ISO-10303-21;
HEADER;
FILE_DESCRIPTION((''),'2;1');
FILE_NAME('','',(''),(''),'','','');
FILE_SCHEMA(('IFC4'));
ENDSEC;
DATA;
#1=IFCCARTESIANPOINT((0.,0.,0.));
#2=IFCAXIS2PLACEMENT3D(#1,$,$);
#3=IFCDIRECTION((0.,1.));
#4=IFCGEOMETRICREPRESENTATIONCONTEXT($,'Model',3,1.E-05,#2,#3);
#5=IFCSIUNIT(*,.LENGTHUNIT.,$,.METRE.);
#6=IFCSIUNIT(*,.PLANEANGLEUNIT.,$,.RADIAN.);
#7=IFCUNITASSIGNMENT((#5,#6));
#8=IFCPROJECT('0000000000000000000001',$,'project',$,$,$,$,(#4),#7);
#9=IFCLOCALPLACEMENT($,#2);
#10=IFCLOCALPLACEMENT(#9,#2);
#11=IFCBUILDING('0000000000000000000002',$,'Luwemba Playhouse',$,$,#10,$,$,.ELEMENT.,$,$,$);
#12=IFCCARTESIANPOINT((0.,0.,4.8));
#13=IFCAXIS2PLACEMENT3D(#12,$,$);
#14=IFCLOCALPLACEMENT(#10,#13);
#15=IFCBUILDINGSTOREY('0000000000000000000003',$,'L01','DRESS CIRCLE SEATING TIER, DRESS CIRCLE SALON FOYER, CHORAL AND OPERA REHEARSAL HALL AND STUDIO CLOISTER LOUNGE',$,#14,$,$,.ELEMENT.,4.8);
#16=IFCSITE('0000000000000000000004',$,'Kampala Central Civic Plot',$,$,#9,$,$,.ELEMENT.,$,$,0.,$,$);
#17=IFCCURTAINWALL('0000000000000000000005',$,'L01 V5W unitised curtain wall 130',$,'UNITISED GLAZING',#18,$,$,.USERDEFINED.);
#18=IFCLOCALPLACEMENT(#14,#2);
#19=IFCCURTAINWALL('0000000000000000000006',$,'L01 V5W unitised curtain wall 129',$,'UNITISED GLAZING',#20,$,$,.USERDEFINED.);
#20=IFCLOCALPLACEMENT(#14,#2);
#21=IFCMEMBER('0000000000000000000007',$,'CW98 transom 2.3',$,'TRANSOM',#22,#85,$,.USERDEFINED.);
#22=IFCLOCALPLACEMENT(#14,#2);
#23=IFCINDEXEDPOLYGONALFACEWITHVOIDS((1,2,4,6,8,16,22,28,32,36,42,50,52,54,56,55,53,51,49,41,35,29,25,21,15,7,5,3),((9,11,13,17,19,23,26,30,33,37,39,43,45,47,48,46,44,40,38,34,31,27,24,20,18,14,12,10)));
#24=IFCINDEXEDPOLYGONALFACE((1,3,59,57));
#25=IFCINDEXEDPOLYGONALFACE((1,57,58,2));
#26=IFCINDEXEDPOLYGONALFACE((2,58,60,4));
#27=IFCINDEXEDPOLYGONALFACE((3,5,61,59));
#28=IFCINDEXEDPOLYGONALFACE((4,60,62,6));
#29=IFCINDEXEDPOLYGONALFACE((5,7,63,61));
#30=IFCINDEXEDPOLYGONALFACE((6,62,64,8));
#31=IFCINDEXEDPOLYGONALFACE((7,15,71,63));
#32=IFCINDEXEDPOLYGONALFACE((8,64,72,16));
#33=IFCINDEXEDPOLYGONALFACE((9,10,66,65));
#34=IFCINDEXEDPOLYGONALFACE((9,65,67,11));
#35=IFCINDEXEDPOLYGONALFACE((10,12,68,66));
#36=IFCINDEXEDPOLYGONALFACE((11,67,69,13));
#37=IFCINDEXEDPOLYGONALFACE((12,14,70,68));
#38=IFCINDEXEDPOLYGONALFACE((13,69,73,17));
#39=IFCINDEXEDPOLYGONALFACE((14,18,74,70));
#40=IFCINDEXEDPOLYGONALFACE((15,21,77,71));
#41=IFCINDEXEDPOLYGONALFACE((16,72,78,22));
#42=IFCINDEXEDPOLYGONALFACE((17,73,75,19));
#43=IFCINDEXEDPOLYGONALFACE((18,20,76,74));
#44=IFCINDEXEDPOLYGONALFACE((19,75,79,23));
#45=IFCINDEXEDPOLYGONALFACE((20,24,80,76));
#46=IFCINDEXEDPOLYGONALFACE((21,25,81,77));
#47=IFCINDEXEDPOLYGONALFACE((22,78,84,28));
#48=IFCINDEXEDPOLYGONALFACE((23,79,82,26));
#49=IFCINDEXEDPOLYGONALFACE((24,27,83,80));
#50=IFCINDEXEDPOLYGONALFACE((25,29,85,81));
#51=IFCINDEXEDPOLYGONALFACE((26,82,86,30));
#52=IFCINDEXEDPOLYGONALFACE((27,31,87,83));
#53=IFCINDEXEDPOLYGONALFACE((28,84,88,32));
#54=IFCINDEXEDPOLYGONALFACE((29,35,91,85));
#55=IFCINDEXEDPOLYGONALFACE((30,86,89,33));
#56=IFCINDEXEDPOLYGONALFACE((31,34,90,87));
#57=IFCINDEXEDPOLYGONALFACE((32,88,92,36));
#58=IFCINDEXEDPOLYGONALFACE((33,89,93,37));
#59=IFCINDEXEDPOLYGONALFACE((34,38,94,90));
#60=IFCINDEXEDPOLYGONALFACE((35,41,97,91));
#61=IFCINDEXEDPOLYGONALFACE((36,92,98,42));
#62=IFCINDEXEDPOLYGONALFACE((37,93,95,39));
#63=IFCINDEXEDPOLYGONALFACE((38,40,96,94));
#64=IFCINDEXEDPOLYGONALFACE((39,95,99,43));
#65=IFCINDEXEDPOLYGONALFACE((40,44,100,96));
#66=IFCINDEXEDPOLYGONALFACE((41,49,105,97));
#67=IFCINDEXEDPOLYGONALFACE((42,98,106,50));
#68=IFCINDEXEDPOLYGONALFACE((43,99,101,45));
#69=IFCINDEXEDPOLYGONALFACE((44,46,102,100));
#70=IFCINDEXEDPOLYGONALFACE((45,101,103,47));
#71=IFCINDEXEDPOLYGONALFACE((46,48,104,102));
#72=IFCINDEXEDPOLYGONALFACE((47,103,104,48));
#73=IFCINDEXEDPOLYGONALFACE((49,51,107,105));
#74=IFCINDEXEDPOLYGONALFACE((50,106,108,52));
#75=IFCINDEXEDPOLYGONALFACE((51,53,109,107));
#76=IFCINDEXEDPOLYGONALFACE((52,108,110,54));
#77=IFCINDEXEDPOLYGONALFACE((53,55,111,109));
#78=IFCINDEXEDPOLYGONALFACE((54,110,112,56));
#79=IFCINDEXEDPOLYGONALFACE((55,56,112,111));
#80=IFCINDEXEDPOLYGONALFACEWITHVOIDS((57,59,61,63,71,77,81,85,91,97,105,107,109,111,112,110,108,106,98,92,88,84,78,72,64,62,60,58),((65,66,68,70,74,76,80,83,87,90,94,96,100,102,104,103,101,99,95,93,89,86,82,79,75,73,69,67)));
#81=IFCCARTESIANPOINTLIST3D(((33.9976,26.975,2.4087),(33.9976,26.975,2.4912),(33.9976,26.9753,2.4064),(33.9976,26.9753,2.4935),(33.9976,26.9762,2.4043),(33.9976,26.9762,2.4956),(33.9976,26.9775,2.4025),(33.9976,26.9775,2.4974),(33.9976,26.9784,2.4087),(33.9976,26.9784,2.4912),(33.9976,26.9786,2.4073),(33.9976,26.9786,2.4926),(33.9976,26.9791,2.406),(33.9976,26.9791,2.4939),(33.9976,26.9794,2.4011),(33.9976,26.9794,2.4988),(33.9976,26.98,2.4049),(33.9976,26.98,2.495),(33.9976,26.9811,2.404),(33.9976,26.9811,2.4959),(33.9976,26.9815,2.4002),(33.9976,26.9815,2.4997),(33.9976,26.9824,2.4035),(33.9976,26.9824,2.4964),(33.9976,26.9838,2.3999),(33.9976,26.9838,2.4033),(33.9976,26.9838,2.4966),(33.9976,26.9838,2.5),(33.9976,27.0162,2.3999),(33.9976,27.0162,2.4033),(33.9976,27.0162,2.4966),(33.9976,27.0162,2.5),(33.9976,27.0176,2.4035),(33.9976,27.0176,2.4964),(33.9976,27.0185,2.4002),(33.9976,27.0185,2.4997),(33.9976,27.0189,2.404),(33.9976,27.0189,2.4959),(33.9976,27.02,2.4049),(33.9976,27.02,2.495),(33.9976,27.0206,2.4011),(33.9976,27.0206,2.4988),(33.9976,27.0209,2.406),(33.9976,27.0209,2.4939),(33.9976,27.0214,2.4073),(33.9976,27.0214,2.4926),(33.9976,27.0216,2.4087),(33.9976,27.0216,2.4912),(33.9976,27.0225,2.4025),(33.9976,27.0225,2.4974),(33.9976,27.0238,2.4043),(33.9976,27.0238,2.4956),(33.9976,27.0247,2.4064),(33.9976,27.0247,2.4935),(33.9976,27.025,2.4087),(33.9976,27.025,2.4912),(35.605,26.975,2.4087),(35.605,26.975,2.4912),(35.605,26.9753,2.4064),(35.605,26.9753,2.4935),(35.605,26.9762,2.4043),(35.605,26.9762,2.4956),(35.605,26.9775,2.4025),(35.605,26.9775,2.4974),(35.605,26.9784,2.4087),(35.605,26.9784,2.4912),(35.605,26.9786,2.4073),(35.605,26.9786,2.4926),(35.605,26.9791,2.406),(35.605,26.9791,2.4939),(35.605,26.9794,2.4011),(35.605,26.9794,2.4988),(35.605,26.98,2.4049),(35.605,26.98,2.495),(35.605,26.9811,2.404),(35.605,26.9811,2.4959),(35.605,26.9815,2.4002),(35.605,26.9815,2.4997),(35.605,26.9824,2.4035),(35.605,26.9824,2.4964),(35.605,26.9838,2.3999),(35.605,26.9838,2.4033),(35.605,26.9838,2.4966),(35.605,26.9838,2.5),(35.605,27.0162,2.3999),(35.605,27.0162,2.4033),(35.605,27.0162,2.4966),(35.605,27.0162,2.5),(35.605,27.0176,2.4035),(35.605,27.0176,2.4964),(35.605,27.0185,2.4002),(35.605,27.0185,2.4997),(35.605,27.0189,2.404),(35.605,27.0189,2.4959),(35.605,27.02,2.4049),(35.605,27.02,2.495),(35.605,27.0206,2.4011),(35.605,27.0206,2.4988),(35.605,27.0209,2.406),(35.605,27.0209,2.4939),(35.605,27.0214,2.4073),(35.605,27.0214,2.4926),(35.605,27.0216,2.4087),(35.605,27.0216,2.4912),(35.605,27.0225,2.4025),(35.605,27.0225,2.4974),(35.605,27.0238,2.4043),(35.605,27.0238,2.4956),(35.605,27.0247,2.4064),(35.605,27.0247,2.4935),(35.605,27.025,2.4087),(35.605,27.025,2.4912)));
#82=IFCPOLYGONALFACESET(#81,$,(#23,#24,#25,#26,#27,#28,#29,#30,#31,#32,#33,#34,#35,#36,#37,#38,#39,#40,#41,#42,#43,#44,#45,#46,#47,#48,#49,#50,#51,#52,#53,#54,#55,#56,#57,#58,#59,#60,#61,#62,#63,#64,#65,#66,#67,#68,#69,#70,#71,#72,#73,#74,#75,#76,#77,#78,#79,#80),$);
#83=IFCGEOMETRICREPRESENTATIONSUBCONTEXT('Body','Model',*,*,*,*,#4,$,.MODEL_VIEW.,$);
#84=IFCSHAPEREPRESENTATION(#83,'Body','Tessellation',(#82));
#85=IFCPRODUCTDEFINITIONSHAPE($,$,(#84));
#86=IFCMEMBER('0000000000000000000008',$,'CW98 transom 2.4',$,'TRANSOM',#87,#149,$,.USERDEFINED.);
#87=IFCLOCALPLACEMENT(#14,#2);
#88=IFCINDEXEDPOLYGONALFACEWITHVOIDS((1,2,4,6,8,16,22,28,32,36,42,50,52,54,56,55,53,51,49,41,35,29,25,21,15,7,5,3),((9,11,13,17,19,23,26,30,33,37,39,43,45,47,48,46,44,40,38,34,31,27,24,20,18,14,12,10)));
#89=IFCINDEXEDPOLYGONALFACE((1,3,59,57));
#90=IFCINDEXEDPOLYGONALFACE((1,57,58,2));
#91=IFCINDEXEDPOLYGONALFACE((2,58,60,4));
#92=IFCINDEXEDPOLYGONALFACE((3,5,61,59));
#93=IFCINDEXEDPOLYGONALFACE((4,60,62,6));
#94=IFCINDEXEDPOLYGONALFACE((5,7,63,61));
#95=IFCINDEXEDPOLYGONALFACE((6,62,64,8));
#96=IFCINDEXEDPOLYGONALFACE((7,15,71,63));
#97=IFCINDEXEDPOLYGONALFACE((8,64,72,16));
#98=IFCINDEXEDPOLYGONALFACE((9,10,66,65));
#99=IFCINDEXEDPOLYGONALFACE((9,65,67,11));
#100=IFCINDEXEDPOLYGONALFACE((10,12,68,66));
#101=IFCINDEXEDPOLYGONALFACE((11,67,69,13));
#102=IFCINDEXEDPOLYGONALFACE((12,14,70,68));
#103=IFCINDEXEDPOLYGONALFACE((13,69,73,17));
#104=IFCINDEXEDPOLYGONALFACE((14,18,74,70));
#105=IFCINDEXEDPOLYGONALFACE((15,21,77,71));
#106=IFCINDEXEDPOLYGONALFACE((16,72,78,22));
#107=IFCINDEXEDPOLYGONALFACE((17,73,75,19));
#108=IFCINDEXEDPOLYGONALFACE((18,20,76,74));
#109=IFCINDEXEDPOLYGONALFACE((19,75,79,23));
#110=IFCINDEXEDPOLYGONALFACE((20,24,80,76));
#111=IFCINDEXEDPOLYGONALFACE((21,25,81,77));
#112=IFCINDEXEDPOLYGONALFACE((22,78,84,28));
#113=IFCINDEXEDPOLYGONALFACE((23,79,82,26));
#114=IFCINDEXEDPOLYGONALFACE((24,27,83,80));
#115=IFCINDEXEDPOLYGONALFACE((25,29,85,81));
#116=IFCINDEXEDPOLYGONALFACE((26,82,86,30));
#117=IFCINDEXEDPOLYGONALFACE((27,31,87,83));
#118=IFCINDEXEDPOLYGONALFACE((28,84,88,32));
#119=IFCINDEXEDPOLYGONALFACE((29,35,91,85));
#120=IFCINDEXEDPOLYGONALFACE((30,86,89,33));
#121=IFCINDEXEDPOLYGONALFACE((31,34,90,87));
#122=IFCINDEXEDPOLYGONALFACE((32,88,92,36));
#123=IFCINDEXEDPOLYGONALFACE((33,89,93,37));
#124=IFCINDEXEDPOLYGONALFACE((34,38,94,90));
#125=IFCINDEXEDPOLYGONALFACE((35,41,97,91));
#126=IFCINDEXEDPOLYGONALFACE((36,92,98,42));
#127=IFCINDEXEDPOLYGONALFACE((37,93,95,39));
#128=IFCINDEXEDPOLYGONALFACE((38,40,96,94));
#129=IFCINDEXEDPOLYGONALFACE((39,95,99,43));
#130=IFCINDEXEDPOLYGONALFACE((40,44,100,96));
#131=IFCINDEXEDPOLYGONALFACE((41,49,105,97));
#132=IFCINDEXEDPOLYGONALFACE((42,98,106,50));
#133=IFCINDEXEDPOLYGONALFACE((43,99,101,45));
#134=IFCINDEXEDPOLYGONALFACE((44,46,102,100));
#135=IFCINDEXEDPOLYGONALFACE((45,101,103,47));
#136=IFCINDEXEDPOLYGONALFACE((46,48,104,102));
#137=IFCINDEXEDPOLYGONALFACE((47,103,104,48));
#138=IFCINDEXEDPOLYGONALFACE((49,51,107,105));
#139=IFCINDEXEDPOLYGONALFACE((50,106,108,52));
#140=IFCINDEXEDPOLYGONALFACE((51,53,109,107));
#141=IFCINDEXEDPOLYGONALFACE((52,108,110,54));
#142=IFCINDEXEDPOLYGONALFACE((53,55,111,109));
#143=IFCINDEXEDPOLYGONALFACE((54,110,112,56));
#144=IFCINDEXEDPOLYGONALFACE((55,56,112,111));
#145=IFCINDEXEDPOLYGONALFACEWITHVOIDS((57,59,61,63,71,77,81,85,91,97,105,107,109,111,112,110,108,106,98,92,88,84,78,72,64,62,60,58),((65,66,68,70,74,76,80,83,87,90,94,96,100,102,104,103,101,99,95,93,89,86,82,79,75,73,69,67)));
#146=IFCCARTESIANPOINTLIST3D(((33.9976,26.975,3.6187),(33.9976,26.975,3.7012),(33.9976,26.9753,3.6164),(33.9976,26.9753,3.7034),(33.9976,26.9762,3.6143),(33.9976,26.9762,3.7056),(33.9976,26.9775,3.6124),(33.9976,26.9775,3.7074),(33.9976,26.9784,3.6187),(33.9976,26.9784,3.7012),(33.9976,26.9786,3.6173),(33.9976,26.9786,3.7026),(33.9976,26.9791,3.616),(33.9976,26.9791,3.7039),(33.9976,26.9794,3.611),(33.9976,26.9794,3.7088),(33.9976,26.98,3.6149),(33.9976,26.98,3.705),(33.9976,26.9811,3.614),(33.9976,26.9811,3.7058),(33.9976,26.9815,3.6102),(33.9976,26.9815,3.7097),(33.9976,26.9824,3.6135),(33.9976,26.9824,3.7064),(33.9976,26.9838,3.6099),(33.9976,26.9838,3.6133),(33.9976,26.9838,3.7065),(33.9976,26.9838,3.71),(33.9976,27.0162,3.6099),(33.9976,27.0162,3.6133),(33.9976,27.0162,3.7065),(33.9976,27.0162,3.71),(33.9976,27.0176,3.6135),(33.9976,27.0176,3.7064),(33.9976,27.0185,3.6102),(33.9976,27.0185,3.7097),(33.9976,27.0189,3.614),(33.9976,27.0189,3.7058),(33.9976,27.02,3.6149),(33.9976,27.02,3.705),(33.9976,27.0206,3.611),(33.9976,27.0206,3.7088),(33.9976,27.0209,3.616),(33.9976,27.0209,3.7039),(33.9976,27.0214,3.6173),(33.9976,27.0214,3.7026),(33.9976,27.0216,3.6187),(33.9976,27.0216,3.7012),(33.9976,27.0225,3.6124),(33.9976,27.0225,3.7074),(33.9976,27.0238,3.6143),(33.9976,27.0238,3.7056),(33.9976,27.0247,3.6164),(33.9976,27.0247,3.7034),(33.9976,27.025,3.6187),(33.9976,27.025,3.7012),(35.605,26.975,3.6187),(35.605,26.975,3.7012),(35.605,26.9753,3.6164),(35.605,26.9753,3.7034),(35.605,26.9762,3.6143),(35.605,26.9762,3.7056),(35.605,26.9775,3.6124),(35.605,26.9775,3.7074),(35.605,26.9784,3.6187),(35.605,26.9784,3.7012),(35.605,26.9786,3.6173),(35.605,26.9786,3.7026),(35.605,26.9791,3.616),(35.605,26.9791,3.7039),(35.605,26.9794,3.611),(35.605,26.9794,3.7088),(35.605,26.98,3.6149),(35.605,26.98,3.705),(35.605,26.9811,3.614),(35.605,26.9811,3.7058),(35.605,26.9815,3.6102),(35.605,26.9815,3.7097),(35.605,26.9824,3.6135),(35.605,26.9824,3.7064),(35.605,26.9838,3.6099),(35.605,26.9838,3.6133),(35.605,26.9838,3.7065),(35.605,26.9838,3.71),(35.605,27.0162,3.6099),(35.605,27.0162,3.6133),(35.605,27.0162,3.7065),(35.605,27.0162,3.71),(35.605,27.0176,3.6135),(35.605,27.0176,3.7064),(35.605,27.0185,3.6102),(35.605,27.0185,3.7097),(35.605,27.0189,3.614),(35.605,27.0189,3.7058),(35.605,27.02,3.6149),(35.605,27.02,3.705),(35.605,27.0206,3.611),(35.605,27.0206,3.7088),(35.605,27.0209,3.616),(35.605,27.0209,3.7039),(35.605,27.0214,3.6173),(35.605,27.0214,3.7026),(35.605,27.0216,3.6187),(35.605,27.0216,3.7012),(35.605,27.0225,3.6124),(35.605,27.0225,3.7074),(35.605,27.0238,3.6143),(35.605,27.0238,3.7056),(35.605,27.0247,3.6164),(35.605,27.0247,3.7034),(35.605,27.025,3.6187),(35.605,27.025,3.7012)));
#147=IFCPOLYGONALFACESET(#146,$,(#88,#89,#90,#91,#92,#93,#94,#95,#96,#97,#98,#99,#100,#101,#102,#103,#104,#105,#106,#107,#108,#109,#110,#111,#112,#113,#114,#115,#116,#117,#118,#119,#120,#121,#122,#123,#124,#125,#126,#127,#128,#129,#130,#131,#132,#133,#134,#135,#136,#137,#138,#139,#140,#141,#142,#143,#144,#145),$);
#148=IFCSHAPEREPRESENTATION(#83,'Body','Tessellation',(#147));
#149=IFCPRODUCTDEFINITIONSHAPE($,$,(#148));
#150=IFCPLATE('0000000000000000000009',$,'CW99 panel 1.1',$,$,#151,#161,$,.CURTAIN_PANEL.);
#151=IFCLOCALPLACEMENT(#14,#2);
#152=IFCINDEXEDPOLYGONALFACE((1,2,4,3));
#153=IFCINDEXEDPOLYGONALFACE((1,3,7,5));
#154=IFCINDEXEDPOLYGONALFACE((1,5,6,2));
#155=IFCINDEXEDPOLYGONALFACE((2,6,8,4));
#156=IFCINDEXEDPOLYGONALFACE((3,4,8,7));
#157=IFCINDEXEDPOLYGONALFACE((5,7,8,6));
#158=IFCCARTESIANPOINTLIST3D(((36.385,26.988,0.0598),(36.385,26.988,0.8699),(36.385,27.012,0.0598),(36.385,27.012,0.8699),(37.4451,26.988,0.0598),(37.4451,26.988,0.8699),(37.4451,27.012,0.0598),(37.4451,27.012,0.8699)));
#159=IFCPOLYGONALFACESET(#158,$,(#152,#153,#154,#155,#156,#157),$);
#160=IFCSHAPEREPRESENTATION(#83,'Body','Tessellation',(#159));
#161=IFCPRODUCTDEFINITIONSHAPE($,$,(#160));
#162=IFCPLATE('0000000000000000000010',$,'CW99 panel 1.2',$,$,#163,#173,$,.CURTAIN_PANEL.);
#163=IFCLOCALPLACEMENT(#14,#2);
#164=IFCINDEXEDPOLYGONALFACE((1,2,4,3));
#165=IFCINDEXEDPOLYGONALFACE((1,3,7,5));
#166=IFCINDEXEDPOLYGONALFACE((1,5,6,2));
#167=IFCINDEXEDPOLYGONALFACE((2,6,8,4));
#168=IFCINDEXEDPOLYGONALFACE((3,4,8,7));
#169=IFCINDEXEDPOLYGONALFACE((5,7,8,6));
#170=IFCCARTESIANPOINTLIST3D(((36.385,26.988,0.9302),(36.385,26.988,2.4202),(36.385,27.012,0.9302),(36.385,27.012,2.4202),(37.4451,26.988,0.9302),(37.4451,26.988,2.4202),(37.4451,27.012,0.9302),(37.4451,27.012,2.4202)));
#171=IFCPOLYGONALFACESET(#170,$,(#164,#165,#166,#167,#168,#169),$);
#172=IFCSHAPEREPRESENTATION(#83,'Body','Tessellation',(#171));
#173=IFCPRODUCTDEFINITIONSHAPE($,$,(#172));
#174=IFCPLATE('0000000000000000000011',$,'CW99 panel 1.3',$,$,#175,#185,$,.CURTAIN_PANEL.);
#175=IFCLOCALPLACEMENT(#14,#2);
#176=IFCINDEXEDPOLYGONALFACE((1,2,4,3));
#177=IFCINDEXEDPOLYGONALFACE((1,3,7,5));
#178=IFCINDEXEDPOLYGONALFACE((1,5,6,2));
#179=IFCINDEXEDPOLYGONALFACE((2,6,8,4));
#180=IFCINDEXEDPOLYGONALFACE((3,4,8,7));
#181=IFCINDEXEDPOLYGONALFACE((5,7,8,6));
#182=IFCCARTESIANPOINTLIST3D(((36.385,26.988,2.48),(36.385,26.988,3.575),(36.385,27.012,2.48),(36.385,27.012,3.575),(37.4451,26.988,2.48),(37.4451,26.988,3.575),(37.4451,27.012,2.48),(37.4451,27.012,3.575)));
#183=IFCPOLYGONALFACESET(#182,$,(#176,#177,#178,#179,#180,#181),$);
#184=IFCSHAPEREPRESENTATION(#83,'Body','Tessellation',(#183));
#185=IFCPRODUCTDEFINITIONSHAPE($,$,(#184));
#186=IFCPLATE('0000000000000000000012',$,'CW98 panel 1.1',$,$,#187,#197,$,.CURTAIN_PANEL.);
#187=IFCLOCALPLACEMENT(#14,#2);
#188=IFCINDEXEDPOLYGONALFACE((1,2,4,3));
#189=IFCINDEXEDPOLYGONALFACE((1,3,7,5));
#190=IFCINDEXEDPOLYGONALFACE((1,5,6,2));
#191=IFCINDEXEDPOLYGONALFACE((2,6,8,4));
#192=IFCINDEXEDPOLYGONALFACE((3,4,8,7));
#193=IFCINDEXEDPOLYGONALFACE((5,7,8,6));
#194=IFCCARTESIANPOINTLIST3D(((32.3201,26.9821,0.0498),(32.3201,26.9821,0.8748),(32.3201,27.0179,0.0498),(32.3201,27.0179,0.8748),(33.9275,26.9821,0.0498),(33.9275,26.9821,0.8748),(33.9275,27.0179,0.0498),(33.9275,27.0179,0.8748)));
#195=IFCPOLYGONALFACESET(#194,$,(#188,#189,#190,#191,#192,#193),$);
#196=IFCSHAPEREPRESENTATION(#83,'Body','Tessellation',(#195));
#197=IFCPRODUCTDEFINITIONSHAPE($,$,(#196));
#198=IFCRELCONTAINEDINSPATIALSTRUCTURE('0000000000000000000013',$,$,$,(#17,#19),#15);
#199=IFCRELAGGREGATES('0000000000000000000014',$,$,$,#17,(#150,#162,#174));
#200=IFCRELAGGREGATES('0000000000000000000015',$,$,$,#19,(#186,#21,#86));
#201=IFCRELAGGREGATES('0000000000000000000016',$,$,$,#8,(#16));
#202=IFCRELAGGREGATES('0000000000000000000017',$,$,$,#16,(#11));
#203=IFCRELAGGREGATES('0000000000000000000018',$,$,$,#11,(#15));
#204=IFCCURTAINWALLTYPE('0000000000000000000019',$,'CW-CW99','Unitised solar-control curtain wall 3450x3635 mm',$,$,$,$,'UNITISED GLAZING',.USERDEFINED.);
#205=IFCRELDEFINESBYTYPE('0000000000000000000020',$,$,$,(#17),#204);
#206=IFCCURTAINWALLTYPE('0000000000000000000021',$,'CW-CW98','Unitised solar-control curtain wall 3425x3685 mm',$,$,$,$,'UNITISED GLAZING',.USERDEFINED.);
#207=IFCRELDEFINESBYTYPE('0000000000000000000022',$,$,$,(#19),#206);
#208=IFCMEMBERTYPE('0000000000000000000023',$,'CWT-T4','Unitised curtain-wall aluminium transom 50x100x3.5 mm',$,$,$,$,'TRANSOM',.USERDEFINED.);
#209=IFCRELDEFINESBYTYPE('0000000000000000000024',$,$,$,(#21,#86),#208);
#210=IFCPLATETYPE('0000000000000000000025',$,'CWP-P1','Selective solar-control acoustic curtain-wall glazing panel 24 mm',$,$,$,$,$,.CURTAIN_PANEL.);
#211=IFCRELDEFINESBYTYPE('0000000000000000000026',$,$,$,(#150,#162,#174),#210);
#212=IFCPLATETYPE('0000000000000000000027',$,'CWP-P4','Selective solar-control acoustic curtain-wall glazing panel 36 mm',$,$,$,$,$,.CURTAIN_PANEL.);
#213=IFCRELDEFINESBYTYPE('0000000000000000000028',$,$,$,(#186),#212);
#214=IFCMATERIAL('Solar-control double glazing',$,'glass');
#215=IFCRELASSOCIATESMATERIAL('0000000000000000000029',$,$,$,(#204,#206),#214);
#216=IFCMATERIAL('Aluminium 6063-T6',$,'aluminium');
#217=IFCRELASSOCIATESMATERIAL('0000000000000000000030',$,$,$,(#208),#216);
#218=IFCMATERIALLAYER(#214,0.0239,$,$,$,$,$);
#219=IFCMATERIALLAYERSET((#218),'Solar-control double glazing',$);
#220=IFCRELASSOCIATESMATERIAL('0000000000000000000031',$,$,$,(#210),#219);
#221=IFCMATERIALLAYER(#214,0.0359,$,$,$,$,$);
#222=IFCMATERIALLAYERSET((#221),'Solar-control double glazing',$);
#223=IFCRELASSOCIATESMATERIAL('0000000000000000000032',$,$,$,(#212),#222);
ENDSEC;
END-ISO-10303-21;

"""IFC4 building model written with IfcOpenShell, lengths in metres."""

from ifc_helpers import new_model, si_unit, direction, frame, origin, origin_2d, place, context, subcontext, project, spatial, rectangle, hollow_rectangle, extrude, material, layer, layer_set, material_profile, profile_set, type_object, element, aggregate, save


model = new_model("IFC4")

# Units and contexts
model_context = context("Model", 3, precision=1e-05, world=origin(), true_north=direction((0.0, 1.0)))
body_context = subcontext(model_context, "Body", "Model", "MODEL_VIEW")
ifc_project = project(units=[si_unit("LENGTHUNIT", "METRE"), si_unit("PLANEANGLEUNIT", "RADIAN")], contexts=[model_context])

# Site, building, storey
site_placement = place(None, origin())
site = spatial("IfcSite", under=ifc_project, at=site_placement, Name="Kampala Central Civic Plot", CompositionType="ELEMENT", RefElevation=0.0)
building_placement = place(site_placement, origin())
building = spatial("IfcBuilding", under=site, at=building_placement, Name="Luwemba Playhouse", CompositionType="ELEMENT")
storey_placement = place(building_placement, frame((0.0, 0.0, 4.8)))
storey = spatial("IfcBuildingStorey", under=building, at=storey_placement, Name="L01", Description="DRESS CIRCLE SEATING TIER, DRESS CIRCLE SALON FOYER, CHORAL AND OPERA REHEARSAL HALL AND STUDIO CLOISTER LOUNGE", CompositionType="ELEMENT", Elevation=4.8)

# Curtain walls
ifc_material_1 = material(Name="Solar-control double glazing", Category="glass")
curtain_wall_type_1 = type_object("IfcCurtainWallType", Name="CW-CW99", Description="Unitised solar-control curtain wall 3450x3635 mm", ElementType="UNITISED GLAZING", PredefinedType="USERDEFINED", material=ifc_material_1)
curtain_wall_1_placement = place(storey_placement, origin())
curtain_wall_1 = element("IfcCurtainWall", 1, at=curtain_wall_1_placement, inside=storey, type_object=curtain_wall_type_1, Name="L01 V5W unitised curtain wall 130", ObjectType="UNITISED GLAZING", PredefinedType="USERDEFINED")
ifc_material_2 = material(Name="Aluminium 6063-T6", Category="aluminium")
curtain_wall_type_2 = type_object("IfcCurtainWallType", Name="CW-CW98", Description="Unitised solar-control curtain wall 3425x3685 mm", ElementType="UNITISED GLAZING", PredefinedType="USERDEFINED", material=ifc_material_1)
curtain_wall_2_placement = place(storey_placement, origin())
curtain_wall_2 = element("IfcCurtainWall", 2, at=curtain_wall_2_placement, inside=storey, type_object=curtain_wall_type_2, Name="L01 V5W unitised curtain wall 129", ObjectType="UNITISED GLAZING", PredefinedType="USERDEFINED")

# Members
ifc_material_profile_1 = material_profile(ifc_material_2, hollow_rectangle(XDim=0.05, YDim=0.1001, WallThickness=0.0034, InnerFilletRadius=0.0054, OuterFilletRadius=0.0088, at=origin_2d()))
ifc_profile_set_1 = profile_set([ifc_material_profile_1], Name="Aluminium 6063-T6")
member_type_1 = type_object("IfcMemberType", Name="CWT-T4", Description="Unitised curtain-wall aluminium transom 50x100x3.5 mm", ElementType="TRANSOM", PredefinedType="USERDEFINED", material=ifc_profile_set_1)
member_1_placement = place(storey_placement, frame((33.9976, 27.0, 2.45), z_axis=(1.0, 0.0, 0.0), x_axis=(0.0, 1.0, 0.0)))
member_1 = element("IfcMember", 3, at=member_1_placement, type_object=member_type_1, Name="CW98 transom 2.3", ObjectType="TRANSOM", PredefinedType="USERDEFINED", context=body_context, shape_type="SweptSolid", body=[
    extrude(hollow_rectangle(XDim=0.05, YDim=0.1001, WallThickness=0.0034, InnerFilletRadius=0.0054, OuterFilletRadius=0.0088, at=origin_2d()), origin(), (0.0, 0.0, 1.0), 1.6074),
])
member_2_placement = place(storey_placement, frame((33.9976, 27.0, 3.6599), z_axis=(1.0, 0.0, 0.0), x_axis=(0.0, 1.0, 0.0)))
member_2 = element("IfcMember", 4, at=member_2_placement, type_object=member_type_1, Name="CW98 transom 2.4", ObjectType="TRANSOM", PredefinedType="USERDEFINED", context=body_context, shape_type="SweptSolid", body=[
    extrude(hollow_rectangle(XDim=0.05, YDim=0.1001, WallThickness=0.0034, InnerFilletRadius=0.0054, OuterFilletRadius=0.0088, at=origin_2d()), origin(), (0.0, 0.0, 1.0), 1.6074),
])

# Plates
ifc_layer_1 = layer(ifc_material_1, 0.0239)
ifc_layer_set_1 = layer_set([ifc_layer_1], Name="Solar-control double glazing")
plate_type_1 = type_object("IfcPlateType", Name="CWP-P1", Description="Selective solar-control acoustic curtain-wall glazing panel 24 mm", PredefinedType="CURTAIN_PANEL", material=ifc_layer_set_1)
plate_1_placement = place(storey_placement, frame((36.915, 27.0, 0.0598), z_axis=(0.0, 0.0, 1.0), x_axis=(1.0, 0.0, 0.0)))
plate_1 = element("IfcPlate", 5, at=plate_1_placement, type_object=plate_type_1, Name="CW99 panel 1.1", PredefinedType="CURTAIN_PANEL", context=body_context, shape_type="SweptSolid", body=[
    extrude(rectangle(XDim=1.0601, YDim=0.0239, at=origin_2d()), origin(), (0.0, 0.0, 1.0), 0.8101),
])
plate_2_placement = place(storey_placement, frame((36.915, 27.0, 0.9302), z_axis=(0.0, 0.0, 1.0), x_axis=(1.0, 0.0, 0.0)))
plate_2 = element("IfcPlate", 6, at=plate_2_placement, type_object=plate_type_1, Name="CW99 panel 1.2", PredefinedType="CURTAIN_PANEL", context=body_context, shape_type="SweptSolid", body=[
    extrude(rectangle(XDim=1.0601, YDim=0.0239, at=origin_2d()), origin(), (0.0, 0.0, 1.0), 1.49),
])
plate_3_placement = place(storey_placement, frame((36.915, 27.0, 2.48), z_axis=(0.0, 0.0, 1.0), x_axis=(1.0, 0.0, 0.0)))
plate_3 = element("IfcPlate", 7, at=plate_3_placement, type_object=plate_type_1, Name="CW99 panel 1.3", PredefinedType="CURTAIN_PANEL", context=body_context, shape_type="SweptSolid", body=[
    extrude(rectangle(XDim=1.0601, YDim=0.0239, at=origin_2d()), origin(), (0.0, 0.0, 1.0), 1.095),
])
aggregate(curtain_wall_1, [plate_1, plate_2, plate_3])
ifc_layer_2 = layer(ifc_material_1, 0.0359)
ifc_layer_set_2 = layer_set([ifc_layer_2], Name="Solar-control double glazing")
plate_type_2 = type_object("IfcPlateType", Name="CWP-P4", Description="Selective solar-control acoustic curtain-wall glazing panel 36 mm", PredefinedType="CURTAIN_PANEL", material=ifc_layer_set_2)
plate_4_placement = place(storey_placement, frame((33.1238, 27.0, 0.0498), z_axis=(0.0, 0.0, 1.0), x_axis=(1.0, 0.0, 0.0)))
plate_4 = element("IfcPlate", 8, at=plate_4_placement, type_object=plate_type_2, Name="CW98 panel 1.1", PredefinedType="CURTAIN_PANEL", context=body_context, shape_type="SweptSolid", body=[
    extrude(rectangle(XDim=1.6074, YDim=0.0359, at=origin_2d()), origin(), (0.0, 0.0, 1.0), 0.825),
])
aggregate(curtain_wall_2, [plate_4, member_1, member_2])

save(model, "model.ifc")
